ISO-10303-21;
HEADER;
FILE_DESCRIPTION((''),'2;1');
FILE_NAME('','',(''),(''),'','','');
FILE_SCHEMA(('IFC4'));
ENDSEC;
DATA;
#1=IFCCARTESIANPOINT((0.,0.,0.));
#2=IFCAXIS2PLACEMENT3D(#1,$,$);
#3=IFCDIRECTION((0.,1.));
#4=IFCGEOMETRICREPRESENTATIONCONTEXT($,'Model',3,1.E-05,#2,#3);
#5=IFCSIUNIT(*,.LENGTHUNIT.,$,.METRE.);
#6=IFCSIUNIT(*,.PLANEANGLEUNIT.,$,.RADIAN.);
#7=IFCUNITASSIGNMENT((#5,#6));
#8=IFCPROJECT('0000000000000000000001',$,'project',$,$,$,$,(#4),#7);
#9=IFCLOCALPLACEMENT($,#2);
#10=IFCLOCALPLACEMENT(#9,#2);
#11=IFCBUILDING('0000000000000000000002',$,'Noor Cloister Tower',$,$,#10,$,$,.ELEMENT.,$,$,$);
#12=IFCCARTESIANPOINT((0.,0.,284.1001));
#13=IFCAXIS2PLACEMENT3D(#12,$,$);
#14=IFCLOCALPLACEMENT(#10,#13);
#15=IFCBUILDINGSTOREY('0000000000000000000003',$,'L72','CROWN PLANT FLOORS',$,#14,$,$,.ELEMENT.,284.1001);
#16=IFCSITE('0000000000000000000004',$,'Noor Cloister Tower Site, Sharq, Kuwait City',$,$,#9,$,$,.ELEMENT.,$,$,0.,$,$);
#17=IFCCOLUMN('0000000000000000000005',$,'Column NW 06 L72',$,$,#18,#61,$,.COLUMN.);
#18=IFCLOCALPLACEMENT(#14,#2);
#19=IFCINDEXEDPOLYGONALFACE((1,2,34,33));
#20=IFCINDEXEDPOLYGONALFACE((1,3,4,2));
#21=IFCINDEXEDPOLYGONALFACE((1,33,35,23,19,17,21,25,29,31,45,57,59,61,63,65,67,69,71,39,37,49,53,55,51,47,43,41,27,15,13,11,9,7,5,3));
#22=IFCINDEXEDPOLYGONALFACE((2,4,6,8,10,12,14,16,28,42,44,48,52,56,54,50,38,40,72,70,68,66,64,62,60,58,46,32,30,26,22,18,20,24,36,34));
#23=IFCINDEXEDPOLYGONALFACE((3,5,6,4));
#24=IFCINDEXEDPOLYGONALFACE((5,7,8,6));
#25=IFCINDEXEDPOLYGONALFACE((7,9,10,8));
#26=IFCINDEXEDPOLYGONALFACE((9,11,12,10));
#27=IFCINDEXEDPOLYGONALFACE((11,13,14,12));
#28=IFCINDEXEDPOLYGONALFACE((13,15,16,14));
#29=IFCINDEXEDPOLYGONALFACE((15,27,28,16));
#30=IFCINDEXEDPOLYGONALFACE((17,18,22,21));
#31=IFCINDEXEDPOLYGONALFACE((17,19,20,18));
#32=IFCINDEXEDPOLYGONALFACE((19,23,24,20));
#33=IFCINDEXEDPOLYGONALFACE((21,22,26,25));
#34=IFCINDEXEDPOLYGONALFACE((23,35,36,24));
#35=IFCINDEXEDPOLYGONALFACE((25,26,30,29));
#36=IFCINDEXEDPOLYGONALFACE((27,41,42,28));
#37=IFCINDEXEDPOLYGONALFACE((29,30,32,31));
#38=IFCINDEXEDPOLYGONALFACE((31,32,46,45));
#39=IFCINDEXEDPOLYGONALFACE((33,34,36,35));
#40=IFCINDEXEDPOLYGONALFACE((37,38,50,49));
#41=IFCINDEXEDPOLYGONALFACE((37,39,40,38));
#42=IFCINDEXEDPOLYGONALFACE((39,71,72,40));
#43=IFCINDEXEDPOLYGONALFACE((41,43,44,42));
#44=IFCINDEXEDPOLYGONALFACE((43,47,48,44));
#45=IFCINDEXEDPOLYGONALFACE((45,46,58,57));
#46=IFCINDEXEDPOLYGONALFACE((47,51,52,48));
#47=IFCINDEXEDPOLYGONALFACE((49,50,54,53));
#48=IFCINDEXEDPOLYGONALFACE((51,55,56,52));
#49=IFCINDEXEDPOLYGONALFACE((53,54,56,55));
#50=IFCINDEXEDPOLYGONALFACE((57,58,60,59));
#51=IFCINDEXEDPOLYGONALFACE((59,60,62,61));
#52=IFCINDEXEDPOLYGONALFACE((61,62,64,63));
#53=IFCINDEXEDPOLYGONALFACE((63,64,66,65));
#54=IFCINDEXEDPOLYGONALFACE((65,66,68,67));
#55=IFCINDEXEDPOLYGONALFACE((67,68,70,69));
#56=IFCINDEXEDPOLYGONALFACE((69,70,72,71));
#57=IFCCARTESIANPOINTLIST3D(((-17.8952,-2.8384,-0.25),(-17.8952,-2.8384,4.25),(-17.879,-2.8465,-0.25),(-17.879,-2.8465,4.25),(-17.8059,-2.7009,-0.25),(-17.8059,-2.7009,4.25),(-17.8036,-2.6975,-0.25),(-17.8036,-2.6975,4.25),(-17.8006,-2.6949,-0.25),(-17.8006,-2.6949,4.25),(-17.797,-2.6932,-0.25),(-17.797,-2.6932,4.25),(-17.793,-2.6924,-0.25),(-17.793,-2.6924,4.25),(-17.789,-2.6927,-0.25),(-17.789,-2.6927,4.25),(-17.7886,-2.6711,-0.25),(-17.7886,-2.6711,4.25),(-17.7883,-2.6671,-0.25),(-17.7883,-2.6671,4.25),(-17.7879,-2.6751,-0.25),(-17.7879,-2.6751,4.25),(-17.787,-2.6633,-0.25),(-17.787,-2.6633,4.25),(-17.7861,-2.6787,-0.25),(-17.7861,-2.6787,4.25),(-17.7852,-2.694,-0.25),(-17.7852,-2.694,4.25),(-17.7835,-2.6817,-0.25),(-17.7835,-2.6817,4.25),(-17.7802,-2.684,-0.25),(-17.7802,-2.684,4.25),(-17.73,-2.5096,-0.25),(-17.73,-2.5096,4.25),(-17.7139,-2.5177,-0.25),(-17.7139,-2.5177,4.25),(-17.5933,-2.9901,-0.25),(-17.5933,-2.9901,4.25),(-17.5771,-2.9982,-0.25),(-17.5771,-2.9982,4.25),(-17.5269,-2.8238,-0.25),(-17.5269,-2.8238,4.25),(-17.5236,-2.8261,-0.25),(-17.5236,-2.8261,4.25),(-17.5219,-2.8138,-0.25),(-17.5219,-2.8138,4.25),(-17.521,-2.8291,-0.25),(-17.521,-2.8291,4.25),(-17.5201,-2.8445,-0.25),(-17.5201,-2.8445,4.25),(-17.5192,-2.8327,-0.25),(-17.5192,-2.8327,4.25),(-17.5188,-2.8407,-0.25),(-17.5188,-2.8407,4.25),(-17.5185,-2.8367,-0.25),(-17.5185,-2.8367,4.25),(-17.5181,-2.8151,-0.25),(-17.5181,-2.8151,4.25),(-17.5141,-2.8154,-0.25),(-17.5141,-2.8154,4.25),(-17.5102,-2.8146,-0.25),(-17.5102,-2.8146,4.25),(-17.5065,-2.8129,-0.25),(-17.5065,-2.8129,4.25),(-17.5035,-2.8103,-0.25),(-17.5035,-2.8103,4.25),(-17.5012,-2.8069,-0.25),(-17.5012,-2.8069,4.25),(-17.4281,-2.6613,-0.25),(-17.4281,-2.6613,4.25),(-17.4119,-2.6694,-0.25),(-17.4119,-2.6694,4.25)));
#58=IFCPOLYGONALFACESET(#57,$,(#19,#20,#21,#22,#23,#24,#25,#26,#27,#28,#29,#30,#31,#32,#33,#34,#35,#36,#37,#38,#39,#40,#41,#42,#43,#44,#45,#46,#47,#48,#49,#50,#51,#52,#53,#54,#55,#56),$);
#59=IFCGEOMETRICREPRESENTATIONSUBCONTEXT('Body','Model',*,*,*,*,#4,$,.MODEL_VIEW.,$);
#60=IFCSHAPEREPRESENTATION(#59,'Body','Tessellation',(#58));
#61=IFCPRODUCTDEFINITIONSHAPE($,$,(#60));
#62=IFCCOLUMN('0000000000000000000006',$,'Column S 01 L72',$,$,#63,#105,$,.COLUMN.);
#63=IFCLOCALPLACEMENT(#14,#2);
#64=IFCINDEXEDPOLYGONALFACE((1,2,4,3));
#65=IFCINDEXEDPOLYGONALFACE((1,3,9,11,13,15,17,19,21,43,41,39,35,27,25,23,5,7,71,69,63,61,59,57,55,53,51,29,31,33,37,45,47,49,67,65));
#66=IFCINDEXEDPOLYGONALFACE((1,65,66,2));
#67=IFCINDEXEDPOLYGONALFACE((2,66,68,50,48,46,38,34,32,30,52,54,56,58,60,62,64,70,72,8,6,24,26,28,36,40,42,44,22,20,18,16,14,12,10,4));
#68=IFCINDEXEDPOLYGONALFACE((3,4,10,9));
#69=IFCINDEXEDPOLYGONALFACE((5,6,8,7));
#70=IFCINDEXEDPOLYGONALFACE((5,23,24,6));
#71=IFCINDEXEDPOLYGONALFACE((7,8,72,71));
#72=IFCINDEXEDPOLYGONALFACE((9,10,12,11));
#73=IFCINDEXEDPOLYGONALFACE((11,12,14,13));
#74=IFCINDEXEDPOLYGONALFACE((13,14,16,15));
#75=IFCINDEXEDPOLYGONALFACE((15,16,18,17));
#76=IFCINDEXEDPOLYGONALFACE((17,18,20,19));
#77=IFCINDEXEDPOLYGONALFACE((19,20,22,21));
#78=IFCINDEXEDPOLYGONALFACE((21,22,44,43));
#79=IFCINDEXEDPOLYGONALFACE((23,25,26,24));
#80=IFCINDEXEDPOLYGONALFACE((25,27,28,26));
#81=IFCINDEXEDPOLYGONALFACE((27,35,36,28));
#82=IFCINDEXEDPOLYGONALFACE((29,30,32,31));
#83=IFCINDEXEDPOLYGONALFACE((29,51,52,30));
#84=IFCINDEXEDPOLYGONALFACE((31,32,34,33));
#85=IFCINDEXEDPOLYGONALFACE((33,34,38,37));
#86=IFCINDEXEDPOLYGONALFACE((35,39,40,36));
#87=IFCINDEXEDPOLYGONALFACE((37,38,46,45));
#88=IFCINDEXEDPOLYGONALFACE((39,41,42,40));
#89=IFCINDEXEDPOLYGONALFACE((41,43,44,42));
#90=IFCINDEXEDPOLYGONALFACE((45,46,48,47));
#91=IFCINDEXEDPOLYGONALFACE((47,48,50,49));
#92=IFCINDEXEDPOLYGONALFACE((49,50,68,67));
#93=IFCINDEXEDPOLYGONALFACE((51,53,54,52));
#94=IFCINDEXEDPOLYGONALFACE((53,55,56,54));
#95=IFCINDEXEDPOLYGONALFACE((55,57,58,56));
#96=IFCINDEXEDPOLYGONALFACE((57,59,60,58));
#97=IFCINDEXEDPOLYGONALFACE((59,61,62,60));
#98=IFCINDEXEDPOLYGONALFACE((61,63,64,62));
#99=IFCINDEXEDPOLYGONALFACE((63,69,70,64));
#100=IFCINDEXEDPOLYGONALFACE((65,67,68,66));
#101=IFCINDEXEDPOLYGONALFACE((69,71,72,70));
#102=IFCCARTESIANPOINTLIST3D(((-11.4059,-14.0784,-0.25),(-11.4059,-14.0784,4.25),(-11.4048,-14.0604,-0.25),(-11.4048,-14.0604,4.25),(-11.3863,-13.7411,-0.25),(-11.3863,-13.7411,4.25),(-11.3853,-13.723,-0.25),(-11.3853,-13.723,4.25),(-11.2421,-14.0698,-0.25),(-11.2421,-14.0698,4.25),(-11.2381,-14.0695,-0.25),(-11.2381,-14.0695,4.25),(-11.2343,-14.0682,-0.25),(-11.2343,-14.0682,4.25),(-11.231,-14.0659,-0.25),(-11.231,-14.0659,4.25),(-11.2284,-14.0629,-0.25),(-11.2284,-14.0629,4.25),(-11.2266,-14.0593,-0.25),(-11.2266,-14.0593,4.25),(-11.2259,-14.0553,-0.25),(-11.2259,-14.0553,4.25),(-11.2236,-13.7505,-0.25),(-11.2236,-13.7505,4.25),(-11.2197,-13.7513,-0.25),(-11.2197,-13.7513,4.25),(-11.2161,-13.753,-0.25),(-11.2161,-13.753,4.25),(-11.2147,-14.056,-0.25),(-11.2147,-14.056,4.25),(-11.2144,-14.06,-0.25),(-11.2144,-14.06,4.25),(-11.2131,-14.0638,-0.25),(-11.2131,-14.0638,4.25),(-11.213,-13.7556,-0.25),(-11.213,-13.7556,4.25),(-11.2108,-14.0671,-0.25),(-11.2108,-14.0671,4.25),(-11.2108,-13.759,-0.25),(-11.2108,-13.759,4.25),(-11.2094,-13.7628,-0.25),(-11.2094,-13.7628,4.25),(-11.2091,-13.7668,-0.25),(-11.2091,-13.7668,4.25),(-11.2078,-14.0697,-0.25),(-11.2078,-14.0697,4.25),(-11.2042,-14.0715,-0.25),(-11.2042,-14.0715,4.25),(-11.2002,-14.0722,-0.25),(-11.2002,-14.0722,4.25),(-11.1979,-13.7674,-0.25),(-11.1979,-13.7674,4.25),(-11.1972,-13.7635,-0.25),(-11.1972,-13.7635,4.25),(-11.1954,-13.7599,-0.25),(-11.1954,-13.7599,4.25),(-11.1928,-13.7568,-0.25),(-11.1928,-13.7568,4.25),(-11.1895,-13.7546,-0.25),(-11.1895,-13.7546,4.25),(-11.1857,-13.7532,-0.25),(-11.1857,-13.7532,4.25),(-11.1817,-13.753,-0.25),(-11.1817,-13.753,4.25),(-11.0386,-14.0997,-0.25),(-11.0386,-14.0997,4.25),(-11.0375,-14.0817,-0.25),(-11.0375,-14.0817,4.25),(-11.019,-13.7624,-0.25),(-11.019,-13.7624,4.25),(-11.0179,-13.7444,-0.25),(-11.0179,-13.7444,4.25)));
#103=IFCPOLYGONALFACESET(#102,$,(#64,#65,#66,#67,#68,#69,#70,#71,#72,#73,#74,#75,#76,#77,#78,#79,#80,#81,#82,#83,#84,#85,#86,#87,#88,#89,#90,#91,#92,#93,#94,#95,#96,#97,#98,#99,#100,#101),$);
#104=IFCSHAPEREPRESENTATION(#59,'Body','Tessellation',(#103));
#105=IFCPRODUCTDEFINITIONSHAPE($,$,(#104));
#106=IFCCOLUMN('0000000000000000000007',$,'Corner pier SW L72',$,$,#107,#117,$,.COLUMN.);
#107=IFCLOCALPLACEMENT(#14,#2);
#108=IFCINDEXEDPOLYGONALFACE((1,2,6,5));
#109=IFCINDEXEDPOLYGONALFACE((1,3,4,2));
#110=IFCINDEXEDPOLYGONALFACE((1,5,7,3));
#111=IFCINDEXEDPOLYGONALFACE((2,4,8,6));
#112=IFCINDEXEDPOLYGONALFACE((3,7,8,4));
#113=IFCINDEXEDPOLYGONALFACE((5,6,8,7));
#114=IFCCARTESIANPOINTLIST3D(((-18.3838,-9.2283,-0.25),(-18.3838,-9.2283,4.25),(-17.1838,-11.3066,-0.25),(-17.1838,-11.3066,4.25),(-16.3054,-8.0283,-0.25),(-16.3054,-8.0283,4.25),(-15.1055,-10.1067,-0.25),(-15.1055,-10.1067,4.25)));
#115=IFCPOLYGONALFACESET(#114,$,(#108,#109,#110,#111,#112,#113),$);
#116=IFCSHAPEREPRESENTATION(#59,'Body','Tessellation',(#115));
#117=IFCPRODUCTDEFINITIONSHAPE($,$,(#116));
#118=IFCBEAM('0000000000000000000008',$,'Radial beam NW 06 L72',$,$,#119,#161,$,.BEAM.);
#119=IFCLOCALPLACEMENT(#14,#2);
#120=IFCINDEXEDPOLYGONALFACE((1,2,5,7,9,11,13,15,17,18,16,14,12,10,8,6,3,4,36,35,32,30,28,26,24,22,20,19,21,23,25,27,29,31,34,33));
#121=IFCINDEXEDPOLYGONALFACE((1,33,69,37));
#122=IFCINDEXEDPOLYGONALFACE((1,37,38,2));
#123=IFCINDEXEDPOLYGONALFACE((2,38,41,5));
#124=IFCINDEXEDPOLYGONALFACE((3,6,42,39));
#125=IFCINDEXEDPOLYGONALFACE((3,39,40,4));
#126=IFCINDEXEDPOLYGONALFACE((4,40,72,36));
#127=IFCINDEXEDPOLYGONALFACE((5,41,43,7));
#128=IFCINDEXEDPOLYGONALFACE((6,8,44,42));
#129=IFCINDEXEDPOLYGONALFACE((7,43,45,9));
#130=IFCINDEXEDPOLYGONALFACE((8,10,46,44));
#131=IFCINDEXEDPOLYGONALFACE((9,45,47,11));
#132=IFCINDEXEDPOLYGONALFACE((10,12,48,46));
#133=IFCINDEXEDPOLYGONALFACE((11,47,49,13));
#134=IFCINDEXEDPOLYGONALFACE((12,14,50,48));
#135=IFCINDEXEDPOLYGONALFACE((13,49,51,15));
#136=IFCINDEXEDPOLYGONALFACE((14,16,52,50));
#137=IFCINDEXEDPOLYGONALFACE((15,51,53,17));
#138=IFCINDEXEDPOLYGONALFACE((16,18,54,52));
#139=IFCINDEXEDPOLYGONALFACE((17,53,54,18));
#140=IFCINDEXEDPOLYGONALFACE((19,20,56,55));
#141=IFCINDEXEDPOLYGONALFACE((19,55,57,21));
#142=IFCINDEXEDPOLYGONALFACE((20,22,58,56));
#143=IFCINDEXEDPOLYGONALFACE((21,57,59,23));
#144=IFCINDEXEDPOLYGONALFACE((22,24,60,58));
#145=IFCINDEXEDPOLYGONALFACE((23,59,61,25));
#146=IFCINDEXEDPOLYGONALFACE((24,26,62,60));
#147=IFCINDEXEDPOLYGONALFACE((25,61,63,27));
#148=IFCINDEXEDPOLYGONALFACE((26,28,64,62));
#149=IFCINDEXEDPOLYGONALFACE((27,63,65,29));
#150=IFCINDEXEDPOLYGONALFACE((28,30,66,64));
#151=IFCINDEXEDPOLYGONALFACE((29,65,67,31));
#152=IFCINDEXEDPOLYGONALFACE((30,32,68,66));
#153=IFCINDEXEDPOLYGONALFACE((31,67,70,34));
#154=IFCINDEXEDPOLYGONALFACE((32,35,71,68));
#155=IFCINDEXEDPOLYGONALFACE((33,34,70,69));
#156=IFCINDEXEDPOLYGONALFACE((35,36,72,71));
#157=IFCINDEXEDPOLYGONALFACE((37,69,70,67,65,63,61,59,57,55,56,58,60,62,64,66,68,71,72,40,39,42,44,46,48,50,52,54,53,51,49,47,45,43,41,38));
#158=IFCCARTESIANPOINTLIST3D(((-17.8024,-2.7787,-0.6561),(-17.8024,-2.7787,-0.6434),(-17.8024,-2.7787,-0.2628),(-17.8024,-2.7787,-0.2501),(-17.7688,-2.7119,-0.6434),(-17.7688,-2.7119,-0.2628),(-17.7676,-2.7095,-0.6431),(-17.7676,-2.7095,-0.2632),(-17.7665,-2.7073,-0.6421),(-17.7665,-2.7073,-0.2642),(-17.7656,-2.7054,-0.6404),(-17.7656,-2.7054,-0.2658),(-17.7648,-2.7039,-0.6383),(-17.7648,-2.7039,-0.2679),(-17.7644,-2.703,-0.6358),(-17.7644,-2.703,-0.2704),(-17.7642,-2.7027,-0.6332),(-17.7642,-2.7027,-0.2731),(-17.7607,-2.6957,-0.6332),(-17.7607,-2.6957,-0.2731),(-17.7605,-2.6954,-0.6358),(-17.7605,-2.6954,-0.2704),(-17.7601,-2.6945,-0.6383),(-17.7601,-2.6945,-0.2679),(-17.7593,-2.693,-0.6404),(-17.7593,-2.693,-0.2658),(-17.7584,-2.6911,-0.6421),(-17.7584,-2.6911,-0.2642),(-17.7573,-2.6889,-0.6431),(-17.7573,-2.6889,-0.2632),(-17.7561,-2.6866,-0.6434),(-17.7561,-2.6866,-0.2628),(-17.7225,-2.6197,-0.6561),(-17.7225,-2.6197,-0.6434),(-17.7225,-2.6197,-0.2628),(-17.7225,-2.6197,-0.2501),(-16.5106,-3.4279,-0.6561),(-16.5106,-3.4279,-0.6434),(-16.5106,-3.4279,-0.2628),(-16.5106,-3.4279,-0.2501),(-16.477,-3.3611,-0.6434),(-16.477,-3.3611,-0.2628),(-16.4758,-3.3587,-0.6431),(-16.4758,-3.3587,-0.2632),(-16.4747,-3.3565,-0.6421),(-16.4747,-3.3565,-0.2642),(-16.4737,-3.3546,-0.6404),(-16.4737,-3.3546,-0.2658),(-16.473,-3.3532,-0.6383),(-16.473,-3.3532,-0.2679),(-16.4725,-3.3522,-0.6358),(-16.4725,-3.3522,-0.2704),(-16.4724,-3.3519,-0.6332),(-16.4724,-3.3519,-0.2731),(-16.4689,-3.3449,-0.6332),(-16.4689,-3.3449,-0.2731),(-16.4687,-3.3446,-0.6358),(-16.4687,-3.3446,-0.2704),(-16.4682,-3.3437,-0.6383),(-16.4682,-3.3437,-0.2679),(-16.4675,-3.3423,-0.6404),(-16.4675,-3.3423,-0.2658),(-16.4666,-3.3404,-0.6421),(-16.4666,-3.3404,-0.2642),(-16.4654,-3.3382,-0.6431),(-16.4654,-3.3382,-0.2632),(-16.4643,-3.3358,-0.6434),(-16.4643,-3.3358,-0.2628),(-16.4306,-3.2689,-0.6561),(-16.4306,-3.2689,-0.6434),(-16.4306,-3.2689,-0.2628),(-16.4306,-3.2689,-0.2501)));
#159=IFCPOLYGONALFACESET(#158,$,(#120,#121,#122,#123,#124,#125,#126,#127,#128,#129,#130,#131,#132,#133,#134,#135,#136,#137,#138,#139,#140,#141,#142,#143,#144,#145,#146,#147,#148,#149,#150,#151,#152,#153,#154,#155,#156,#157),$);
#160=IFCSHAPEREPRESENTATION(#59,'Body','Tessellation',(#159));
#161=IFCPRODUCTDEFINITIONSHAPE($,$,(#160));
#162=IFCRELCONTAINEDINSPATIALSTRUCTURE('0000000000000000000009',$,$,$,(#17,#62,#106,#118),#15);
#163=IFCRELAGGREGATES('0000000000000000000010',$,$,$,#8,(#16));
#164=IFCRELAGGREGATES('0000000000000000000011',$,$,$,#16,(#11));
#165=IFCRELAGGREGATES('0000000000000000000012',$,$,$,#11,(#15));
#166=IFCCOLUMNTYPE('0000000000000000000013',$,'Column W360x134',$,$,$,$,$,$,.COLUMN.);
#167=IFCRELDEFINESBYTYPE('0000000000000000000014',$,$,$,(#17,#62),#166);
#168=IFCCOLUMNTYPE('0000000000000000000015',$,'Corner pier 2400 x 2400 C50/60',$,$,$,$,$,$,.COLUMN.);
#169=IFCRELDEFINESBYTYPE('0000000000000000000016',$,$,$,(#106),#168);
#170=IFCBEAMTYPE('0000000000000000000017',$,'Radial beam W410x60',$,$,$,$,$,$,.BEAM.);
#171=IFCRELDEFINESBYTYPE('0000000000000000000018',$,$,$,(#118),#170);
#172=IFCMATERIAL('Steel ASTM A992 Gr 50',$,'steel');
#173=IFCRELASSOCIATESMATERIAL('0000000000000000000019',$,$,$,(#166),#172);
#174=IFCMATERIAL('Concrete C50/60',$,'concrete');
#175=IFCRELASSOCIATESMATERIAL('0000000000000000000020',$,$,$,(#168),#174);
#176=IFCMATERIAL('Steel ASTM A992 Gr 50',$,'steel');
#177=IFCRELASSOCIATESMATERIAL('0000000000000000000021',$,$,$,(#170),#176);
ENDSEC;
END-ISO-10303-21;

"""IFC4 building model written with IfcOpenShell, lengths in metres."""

from ifc_helpers import new_model, si_unit, direction, frame, origin, origin_2d, place, context, subcontext, project, spatial, rectangle, i_section, extrude, material, material_profile, profile_set, type_object, element, save


model = new_model("IFC4")

# Units and contexts
model_context = context("Model", 3, precision=1e-05, world=origin(), true_north=direction((0.0, 1.0)))
body_context = subcontext(model_context, "Body", "Model", "MODEL_VIEW")
ifc_project = project(units=[si_unit("LENGTHUNIT", "METRE"), si_unit("PLANEANGLEUNIT", "RADIAN")], contexts=[model_context])

# Site, building, storey
site_placement = place(None, origin())
site = spatial("IfcSite", under=ifc_project, at=site_placement, Name="Noor Cloister Tower Site, Sharq, Kuwait City", CompositionType="ELEMENT", RefElevation=0.0)
building_placement = place(site_placement, origin())
building = spatial("IfcBuilding", under=site, at=building_placement, Name="Noor Cloister Tower", CompositionType="ELEMENT")
storey_placement = place(building_placement, frame((0.0, 0.0, 284.1001)))
storey = spatial("IfcBuildingStorey", under=building, at=storey_placement, Name="L72", Description="CROWN PLANT FLOORS", CompositionType="ELEMENT", Elevation=284.1001)

# Columns
ifc_material_1 = material(Name="Steel ASTM A992 Gr 50", Category="steel")
ifc_material_profile_1 = material_profile(ifc_material_1, i_section(OverallWidth=0.3679, OverallDepth=0.356, WebThickness=0.0112, FlangeThickness=0.0181, FilletRadius=0.0154, at=origin_2d()), Name="W360x134")
ifc_profile_set_1 = profile_set([ifc_material_profile_1], Name="Steel ASTM A992 Gr 50")
column_type_1 = type_object("IfcColumnType", Name="Column W360x134", PredefinedType="COLUMN", material=ifc_profile_set_1)
for number, where, z_axis, x_axis, name in (
    (1, (-17.6536, -2.7539, -0.25), (0.0, 0.0, 1.0), (-0.448975, -0.893544, 0.0), "Column NW 06 L72"),
    (2, (-11.2119, -13.9114, -0.25), (0.0, 0.0, 1.0), (0.99832, -0.057948, 0.0), "Column S 01 L72"),
):
    element("IfcColumn", number, at=place(storey_placement, frame(where, z_axis=z_axis, x_axis=x_axis)), inside=storey, type_object=column_type_1, Name=name, PredefinedType="COLUMN", context=body_context, shape_type="SweptSolid", body=[
        extrude(i_section(OverallWidth=0.3679, OverallDepth=0.356, WebThickness=0.0112, FlangeThickness=0.0181, FilletRadius=0.0154, at=origin_2d()), origin(), (0.0, 0.0, 1.0), 4.5),
    ])
ifc_material_2 = material(Name="Concrete C50/60", Category="concrete")
ifc_material_profile_2 = material_profile(ifc_material_2, rectangle(XDim=2.3999, YDim=2.3999, at=origin_2d()), Name="RC 2400x2400")
ifc_profile_set_2 = profile_set([ifc_material_profile_2], Name="Concrete C50/60")
column_type_2 = type_object("IfcColumnType", Name="Corner pier 2400 x 2400 C50/60", PredefinedType="COLUMN", material=ifc_profile_set_2)
column_placement = place(storey_placement, frame((-16.7446, -9.6675, -0.25), z_axis=(0.0, 0.0, 1.0), x_axis=(-0.866025, -0.5, 0.0)))
element("IfcColumn", 3, at=column_placement, inside=storey, type_object=column_type_2, Name="Corner pier SW L72", PredefinedType="COLUMN", context=body_context, shape_type="SweptSolid", body=[
    extrude(rectangle(XDim=2.3999, YDim=2.3999, at=origin_2d()), origin(), (0.0, 0.0, 1.0), 4.5),
])

# Beam
ifc_material_3 = material(Name="Steel ASTM A992 Gr 50", Category="steel")
ifc_material_profile_3 = material_profile(ifc_material_3, i_section(OverallWidth=0.178, OverallDepth=0.406, WebThickness=0.0078, FlangeThickness=0.0127, FilletRadius=0.0103, at=origin_2d()), Name="W410x60")
ifc_profile_set_3 = profile_set([ifc_material_profile_3], Name="Steel ASTM A992 Gr 50")
beam_type_1 = type_object("IfcBeamType", Name="Radial beam W410x60", PredefinedType="BEAM", material=ifc_profile_set_3)
beam_1_placement = place(storey_placement, frame((-17.7625, -2.6992, -0.4531), z_axis=(0.893513, -0.449037, 0.0), x_axis=(0.449037, 0.893513, 0.0)))
element("IfcBeam", 4, at=beam_1_placement, inside=storey, type_object=beam_type_1, Name="Radial beam NW 06 L72", PredefinedType="BEAM", context=body_context, shape_type="SweptSolid", body=[
    extrude(i_section(OverallWidth=0.178, OverallDepth=0.406, WebThickness=0.0078, FlangeThickness=0.0127, FilletRadius=0.0103, at=origin_2d()), origin(), (0.0, 0.0, 1.0), 1.4458),
])

save(model, "model.ifc")
